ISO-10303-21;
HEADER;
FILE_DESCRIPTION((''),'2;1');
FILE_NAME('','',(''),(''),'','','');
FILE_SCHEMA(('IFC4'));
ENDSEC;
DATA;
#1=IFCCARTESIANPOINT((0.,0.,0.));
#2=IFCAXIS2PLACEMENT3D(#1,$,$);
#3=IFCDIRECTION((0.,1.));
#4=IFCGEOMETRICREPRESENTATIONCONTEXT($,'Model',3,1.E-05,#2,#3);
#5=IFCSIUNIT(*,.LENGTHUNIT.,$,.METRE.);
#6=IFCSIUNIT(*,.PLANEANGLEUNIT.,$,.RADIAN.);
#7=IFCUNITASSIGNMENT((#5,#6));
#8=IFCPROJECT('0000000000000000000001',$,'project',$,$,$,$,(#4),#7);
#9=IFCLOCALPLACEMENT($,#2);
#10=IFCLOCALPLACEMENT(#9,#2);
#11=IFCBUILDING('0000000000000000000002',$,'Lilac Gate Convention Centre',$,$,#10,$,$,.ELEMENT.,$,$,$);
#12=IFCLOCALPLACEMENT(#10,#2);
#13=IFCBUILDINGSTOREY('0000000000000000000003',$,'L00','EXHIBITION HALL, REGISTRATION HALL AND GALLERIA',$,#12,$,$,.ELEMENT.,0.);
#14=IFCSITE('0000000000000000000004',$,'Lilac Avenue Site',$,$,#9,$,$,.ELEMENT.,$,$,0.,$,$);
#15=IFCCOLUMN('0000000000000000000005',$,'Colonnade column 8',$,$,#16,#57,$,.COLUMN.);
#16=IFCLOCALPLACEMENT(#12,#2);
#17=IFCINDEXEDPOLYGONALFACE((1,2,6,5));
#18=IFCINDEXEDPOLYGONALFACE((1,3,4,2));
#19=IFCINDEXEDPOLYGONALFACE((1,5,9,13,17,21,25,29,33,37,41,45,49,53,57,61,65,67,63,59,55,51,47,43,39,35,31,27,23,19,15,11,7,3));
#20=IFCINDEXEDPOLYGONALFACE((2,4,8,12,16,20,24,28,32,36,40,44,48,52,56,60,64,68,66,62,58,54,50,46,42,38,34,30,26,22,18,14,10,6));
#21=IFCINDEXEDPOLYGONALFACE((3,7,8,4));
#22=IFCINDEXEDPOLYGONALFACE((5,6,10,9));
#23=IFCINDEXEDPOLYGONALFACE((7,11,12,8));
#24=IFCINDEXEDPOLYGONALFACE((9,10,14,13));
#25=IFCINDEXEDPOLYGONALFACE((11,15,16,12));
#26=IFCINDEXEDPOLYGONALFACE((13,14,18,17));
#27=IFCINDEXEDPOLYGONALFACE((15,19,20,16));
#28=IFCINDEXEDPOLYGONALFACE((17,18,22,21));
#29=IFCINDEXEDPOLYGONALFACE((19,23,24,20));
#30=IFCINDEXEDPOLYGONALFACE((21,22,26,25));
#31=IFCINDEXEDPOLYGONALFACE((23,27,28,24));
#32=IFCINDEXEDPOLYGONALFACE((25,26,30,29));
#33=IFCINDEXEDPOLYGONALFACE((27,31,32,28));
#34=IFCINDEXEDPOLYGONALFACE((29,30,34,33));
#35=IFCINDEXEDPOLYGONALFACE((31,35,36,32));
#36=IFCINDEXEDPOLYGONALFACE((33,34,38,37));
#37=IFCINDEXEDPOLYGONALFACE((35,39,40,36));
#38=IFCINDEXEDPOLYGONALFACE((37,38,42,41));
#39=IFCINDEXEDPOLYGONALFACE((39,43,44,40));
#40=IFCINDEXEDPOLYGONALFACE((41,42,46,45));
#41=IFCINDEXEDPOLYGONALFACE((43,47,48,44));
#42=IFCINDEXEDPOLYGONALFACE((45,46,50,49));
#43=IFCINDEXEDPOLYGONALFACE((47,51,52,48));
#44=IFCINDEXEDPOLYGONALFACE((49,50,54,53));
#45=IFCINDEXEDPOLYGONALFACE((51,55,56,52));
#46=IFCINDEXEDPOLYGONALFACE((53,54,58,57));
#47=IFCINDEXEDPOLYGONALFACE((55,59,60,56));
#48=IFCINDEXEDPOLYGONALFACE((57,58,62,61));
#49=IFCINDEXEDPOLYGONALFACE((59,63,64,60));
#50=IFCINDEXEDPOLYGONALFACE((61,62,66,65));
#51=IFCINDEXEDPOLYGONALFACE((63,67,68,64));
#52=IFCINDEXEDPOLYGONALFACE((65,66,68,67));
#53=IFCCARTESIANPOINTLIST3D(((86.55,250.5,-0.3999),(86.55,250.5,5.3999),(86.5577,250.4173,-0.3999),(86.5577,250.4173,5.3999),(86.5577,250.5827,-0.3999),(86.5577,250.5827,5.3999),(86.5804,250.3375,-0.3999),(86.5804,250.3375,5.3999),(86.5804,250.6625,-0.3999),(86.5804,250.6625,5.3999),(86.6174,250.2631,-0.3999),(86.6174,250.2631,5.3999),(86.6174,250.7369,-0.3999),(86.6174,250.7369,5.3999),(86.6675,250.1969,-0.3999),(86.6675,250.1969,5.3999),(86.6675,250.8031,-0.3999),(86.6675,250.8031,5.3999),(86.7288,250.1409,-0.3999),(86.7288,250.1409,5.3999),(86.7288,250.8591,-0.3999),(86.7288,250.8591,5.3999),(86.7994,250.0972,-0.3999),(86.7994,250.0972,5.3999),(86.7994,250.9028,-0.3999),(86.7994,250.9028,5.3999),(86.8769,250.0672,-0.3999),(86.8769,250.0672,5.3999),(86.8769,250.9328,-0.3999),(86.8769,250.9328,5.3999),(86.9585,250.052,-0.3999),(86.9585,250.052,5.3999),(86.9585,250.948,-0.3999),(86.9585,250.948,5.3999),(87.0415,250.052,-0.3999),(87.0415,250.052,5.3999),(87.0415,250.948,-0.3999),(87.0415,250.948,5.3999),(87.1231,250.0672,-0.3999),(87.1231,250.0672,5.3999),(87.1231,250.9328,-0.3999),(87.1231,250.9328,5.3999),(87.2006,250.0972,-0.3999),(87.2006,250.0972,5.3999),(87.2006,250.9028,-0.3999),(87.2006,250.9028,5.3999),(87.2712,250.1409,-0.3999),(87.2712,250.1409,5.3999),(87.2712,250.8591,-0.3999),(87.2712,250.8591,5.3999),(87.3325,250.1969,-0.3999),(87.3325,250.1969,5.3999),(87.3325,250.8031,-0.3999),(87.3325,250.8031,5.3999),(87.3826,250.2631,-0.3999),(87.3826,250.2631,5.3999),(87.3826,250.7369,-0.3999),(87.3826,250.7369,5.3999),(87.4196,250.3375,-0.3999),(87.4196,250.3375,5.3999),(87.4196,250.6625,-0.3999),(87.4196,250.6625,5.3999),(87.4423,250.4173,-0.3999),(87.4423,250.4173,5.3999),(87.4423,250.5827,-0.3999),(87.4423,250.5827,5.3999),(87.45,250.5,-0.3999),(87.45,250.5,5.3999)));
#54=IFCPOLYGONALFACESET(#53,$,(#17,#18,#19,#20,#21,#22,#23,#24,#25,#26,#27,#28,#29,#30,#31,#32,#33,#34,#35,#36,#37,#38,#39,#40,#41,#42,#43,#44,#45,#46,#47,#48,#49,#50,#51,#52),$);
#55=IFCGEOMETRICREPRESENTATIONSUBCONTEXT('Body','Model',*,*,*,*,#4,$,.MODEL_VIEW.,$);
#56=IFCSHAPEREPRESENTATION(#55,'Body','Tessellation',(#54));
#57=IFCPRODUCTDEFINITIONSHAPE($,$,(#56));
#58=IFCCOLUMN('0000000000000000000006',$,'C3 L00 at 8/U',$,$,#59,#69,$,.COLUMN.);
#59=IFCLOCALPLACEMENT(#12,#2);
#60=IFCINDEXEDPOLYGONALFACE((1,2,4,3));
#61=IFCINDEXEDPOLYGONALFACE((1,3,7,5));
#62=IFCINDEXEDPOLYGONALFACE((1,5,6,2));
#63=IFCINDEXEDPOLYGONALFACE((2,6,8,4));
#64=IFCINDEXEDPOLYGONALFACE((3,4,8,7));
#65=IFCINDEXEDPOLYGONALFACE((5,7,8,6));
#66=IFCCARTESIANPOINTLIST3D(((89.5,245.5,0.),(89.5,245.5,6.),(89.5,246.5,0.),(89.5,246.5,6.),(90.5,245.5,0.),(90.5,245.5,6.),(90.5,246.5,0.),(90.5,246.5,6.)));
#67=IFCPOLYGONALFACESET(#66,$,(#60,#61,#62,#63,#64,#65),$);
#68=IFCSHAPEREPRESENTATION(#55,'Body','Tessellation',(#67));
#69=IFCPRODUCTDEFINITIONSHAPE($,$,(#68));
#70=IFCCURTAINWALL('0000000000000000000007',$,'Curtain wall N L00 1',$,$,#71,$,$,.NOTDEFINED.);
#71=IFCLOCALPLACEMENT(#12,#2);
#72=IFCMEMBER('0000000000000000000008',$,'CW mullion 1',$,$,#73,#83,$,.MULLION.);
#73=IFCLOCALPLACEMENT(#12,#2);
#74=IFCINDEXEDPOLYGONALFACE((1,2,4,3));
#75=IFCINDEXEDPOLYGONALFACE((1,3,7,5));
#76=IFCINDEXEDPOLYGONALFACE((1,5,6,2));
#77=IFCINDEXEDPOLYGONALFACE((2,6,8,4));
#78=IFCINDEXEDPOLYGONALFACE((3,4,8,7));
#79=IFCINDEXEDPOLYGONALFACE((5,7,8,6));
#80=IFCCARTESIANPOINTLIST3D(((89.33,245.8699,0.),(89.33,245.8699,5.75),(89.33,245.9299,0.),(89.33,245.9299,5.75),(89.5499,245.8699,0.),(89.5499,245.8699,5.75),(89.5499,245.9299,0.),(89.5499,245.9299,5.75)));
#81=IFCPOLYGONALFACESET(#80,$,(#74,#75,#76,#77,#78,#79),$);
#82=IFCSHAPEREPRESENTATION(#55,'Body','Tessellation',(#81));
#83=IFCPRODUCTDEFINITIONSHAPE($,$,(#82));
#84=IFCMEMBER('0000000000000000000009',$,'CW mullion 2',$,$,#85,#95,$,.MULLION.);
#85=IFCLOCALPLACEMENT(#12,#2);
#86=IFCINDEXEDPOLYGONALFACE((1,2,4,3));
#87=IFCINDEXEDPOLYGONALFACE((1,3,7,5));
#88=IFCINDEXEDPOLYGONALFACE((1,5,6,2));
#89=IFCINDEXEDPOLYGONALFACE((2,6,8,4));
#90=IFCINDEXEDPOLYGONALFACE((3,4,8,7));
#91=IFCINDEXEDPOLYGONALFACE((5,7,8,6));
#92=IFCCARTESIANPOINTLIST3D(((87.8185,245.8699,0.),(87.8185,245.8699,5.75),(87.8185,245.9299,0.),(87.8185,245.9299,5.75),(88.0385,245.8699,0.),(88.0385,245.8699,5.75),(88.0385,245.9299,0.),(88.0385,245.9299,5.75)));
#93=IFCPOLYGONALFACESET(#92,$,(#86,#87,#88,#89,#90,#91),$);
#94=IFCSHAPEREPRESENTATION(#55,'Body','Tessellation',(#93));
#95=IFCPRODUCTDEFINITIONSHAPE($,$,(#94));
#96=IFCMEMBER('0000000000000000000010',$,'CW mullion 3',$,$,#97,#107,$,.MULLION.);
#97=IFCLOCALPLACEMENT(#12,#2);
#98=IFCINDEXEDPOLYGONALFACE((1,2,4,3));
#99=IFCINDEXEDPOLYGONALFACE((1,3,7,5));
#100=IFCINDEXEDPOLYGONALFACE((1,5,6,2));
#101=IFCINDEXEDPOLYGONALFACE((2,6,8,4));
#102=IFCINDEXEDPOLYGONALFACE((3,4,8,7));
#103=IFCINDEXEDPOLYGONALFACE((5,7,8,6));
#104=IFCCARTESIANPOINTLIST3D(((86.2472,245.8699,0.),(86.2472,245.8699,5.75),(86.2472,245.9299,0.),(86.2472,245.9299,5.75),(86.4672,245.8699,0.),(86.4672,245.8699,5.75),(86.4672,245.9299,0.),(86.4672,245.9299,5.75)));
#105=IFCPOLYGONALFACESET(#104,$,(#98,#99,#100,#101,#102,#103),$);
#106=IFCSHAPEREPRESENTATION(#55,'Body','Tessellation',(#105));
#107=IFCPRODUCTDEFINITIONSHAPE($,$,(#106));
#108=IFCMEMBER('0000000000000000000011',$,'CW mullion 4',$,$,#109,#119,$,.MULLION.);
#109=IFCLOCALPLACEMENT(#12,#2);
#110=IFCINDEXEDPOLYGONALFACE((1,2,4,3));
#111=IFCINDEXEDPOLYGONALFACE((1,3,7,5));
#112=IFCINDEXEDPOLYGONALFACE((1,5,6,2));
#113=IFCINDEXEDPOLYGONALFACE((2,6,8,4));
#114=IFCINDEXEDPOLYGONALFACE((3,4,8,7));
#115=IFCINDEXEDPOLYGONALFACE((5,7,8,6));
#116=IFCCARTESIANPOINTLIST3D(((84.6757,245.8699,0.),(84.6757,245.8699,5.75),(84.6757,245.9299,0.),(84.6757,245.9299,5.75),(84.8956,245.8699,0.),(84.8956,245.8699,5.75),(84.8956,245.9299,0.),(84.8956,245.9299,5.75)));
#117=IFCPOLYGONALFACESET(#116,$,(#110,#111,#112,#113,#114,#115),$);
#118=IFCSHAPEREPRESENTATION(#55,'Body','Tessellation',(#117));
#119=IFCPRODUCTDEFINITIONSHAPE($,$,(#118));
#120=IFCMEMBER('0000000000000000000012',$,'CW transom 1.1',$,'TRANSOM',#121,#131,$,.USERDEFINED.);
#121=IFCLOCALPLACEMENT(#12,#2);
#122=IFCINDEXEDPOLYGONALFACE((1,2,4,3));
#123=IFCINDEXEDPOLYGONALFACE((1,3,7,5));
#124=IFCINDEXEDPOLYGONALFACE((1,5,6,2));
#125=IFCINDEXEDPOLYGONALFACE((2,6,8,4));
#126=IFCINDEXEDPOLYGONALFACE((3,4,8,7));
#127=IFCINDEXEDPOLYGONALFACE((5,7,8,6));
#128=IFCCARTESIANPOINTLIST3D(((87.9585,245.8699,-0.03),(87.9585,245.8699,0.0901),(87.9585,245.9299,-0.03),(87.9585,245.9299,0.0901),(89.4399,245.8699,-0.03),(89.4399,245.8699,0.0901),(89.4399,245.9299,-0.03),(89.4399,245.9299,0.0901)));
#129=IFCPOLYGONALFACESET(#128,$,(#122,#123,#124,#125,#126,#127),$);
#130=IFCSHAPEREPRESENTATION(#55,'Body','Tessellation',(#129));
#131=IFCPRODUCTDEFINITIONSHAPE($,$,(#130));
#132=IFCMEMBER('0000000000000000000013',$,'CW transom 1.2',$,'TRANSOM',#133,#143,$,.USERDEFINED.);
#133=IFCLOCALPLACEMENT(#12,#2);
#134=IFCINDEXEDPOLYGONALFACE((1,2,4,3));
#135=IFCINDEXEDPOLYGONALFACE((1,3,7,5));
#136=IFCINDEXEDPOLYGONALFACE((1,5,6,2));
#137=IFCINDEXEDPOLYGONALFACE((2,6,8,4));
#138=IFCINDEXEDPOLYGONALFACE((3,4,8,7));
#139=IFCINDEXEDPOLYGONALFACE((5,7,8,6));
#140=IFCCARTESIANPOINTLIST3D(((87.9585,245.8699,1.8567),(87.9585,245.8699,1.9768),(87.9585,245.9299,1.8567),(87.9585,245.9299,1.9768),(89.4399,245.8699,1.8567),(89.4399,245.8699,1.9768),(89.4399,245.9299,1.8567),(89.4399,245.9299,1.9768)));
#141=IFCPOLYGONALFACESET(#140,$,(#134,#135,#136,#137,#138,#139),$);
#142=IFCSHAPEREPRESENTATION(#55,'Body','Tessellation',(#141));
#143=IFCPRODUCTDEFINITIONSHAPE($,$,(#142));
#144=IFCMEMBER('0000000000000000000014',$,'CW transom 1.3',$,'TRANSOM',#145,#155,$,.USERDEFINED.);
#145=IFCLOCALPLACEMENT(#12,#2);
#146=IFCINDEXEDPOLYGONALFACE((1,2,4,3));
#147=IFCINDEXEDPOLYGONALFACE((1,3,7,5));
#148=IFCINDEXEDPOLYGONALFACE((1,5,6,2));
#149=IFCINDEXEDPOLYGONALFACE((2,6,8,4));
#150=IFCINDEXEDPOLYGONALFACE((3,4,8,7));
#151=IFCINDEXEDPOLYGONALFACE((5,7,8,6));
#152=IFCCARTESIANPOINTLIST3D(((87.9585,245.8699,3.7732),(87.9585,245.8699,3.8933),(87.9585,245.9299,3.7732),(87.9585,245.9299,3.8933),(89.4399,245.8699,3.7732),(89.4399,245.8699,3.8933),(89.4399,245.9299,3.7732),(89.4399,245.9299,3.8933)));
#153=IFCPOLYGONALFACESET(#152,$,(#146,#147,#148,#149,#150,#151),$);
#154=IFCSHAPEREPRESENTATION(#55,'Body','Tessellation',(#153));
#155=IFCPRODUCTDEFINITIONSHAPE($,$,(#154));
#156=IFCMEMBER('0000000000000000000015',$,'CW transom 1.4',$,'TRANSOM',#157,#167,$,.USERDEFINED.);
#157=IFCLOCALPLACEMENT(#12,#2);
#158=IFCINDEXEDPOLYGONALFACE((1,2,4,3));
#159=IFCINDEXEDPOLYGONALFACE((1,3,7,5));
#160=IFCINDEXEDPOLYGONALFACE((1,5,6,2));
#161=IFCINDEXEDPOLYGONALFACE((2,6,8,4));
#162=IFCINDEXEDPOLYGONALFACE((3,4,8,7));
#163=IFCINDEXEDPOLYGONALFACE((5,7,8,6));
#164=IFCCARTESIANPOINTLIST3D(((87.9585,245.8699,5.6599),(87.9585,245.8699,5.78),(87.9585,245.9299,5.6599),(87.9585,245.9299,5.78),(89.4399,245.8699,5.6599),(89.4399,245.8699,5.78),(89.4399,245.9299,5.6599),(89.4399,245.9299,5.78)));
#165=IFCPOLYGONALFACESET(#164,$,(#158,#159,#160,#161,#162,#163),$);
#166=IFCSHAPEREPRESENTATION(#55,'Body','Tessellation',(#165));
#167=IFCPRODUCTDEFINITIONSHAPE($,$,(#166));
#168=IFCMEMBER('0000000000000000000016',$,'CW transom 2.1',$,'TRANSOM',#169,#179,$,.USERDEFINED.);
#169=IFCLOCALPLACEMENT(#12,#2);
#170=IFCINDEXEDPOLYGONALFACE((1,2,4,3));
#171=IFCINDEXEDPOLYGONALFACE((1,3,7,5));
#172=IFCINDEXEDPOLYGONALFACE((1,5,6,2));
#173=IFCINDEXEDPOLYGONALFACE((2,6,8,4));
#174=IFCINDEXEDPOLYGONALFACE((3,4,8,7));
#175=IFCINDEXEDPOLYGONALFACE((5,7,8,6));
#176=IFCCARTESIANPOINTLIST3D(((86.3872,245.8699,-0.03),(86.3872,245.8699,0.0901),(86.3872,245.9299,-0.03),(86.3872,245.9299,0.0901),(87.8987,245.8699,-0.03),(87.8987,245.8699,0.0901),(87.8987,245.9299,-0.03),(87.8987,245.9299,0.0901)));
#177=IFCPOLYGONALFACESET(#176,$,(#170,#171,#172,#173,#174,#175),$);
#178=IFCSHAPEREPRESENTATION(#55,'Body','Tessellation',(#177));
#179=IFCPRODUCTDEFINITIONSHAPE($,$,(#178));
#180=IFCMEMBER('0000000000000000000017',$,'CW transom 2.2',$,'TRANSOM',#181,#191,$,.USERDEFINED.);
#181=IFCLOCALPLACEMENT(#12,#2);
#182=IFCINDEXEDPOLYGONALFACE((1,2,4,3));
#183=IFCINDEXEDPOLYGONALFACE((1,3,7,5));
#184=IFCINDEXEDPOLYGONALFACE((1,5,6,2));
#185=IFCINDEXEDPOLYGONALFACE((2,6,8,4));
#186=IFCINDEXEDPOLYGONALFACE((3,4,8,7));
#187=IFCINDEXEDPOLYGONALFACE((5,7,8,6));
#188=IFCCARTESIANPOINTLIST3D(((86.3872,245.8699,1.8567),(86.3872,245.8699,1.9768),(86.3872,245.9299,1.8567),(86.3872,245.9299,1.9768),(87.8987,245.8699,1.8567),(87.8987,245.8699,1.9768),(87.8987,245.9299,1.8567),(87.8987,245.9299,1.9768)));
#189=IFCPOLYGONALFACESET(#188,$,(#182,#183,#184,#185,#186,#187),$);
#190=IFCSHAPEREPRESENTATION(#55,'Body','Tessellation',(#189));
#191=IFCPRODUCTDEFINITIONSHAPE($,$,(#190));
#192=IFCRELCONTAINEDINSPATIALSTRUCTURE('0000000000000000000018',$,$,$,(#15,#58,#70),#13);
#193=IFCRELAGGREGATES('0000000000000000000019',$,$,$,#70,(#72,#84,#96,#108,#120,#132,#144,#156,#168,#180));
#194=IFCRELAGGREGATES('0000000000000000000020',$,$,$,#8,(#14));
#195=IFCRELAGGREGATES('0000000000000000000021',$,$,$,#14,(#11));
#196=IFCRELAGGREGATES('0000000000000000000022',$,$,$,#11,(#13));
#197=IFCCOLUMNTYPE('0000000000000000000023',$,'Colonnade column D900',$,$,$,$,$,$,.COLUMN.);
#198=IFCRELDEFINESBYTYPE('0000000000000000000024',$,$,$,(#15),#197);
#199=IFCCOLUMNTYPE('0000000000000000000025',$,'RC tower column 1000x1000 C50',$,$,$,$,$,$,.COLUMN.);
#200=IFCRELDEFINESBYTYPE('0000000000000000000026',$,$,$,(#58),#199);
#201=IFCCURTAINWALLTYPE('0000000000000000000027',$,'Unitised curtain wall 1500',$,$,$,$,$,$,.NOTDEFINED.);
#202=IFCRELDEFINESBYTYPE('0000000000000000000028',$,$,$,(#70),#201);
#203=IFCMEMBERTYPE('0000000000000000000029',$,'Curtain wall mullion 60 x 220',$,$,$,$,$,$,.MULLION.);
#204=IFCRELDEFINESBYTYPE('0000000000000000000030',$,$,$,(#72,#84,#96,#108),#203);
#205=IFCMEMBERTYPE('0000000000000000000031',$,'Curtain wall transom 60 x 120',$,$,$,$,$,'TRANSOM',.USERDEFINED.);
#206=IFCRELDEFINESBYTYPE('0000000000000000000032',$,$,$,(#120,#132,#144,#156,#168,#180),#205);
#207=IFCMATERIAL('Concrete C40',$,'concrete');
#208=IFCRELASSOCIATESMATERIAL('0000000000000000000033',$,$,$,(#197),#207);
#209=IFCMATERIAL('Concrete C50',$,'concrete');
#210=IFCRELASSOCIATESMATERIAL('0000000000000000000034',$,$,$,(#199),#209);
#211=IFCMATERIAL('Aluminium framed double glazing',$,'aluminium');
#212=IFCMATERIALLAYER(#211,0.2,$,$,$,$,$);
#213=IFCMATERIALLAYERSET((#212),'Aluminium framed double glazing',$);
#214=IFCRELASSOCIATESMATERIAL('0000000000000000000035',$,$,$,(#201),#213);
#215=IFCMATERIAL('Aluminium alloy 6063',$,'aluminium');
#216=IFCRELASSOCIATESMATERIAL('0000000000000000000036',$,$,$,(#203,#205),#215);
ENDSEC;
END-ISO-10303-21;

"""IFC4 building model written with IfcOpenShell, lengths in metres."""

from ifc_helpers import new_model, si_unit, direction, frame, origin, origin_2d, place, context, subcontext, project, spatial, rectangle, circle, extrude, material, layer, layer_set, material_profile, profile_set, type_object, element, aggregate, save


model = new_model("IFC4")

# Units and contexts
model_context = context("Model", 3, precision=1e-05, world=origin(), true_north=direction((0.0, 1.0)))
body_context = subcontext(model_context, "Body", "Model", "MODEL_VIEW")
ifc_project = project(units=[si_unit("LENGTHUNIT", "METRE"), si_unit("PLANEANGLEUNIT", "RADIAN")], contexts=[model_context])

# Site, building, storey
site_placement = place(None, origin())
site = spatial("IfcSite", under=ifc_project, at=site_placement, Name="Lilac Avenue Site", CompositionType="ELEMENT", RefElevation=0.0)
building_placement = place(site_placement, origin())
building = spatial("IfcBuilding", under=site, at=building_placement, Name="Lilac Gate Convention Centre", CompositionType="ELEMENT")
storey_placement = place(building_placement, origin())
storey = spatial("IfcBuildingStorey", under=building, at=storey_placement, Name="L00", Description="EXHIBITION HALL, REGISTRATION HALL AND GALLERIA", CompositionType="ELEMENT", Elevation=0.0)

# Columns
ifc_material_1 = material(Name="Concrete C40", Category="concrete")
ifc_material_profile_1 = material_profile(ifc_material_1, circle(Radius=0.45, at=origin_2d()), Name="Colonnade column D900")
ifc_profile_set_1 = profile_set([ifc_material_profile_1], Name="Concrete C40")
column_type_1 = type_object("IfcColumnType", Name="Colonnade column D900", PredefinedType="COLUMN", material=ifc_profile_set_1)
column_1_placement = place(storey_placement, frame((87.0, 250.5, -0.3999), z_axis=(0.0, 0.0, 1.0), x_axis=(1.0, 0.0, 0.0)))
element("IfcColumn", 1, at=column_1_placement, inside=storey, type_object=column_type_1, Name="Colonnade column 8", PredefinedType="COLUMN", context=body_context, shape_type="SweptSolid", body=[
    extrude(circle(Radius=0.45, at=origin_2d()), origin(), (0.0, 0.0, 1.0), 5.7998),
])
ifc_material_2 = material(Name="Concrete C50", Category="concrete")
ifc_material_profile_2 = material_profile(ifc_material_2, rectangle(XDim=1.0, YDim=1.0, at=origin_2d()), Name="RC 1000x1000")
ifc_profile_set_2 = profile_set([ifc_material_profile_2], Name="Concrete C50")
column_type_2 = type_object("IfcColumnType", Name="RC tower column 1000x1000 C50", PredefinedType="COLUMN", material=ifc_profile_set_2)
column_2_placement = place(storey_placement, frame((90.0, 246.0, 0.0), z_axis=(0.0, 0.0, 1.0), x_axis=(1.0, 0.0, 0.0)))
element("IfcColumn", 2, at=column_2_placement, inside=storey, type_object=column_type_2, Name="C3 L00 at 8/U", PredefinedType="COLUMN", context=body_context, shape_type="SweptSolid", body=[
    extrude(rectangle(XDim=1.0, YDim=1.0, at=origin_2d()), origin(), (0.0, 0.0, 1.0), 6.0),
])

# Curtain wall, members
ifc_material_3 = material(Name="Aluminium framed double glazing", Category="aluminium")
ifc_layer_1 = layer(ifc_material_3, 0.2)
ifc_layer_set_1 = layer_set([ifc_layer_1], Name="Aluminium framed double glazing")
curtain_wall_type = type_object("IfcCurtainWallType", Name="Unitised curtain wall 1500", PredefinedType="NOTDEFINED", material=ifc_layer_set_1)
curtain_wall_placement = place(storey_placement, origin())
curtain_wall = element("IfcCurtainWall", 3, at=curtain_wall_placement, inside=storey, type_object=curtain_wall_type, Name="Curtain wall N L00 1", PredefinedType="NOTDEFINED")
ifc_material_4 = material(Name="Aluminium alloy 6063", Category="aluminium")
ifc_material_profile_3 = material_profile(ifc_material_4, rectangle(XDim=0.0601, YDim=0.22, at=origin_2d()), Name="Curtain wall mullion 60 x 220")
ifc_profile_set_3 = profile_set([ifc_material_profile_3], Name="Aluminium alloy 6063")
member_type_1 = type_object("IfcMemberType", Name="Curtain wall mullion 60 x 220", PredefinedType="MULLION", material=ifc_profile_set_3)
member_1_placement = place(storey_placement, frame((89.4399, 245.8999, 0.0), z_axis=(0.0, 0.0, 1.0), x_axis=(0.0, -1.0, 0.0)))
member_1 = element("IfcMember", 4, at=member_1_placement, type_object=member_type_1, Name="CW mullion 1", PredefinedType="MULLION", context=body_context, shape_type="SweptSolid", body=[
    extrude(rectangle(XDim=0.0601, YDim=0.22, at=origin_2d()), origin(), (0.0, 0.0, 1.0), 5.75),
])
member_2_placement = place(storey_placement, frame((87.9285, 245.8999, 0.0), z_axis=(0.0, 0.0, 1.0), x_axis=(0.0, -1.0, 0.0)))
member_2 = element("IfcMember", 5, at=member_2_placement, type_object=member_type_1, Name="CW mullion 2", PredefinedType="MULLION", context=body_context, shape_type="SweptSolid", body=[
    extrude(rectangle(XDim=0.0601, YDim=0.22, at=origin_2d()), origin(), (0.0, 0.0, 1.0), 5.75),
])
member_3_placement = place(storey_placement, frame((86.3572, 245.8999, 0.0), z_axis=(0.0, 0.0, 1.0), x_axis=(0.0, -1.0, 0.0)))
member_3 = element("IfcMember", 6, at=member_3_placement, type_object=member_type_1, Name="CW mullion 3", PredefinedType="MULLION", context=body_context, shape_type="SweptSolid", body=[
    extrude(rectangle(XDim=0.0601, YDim=0.22, at=origin_2d()), origin(), (0.0, 0.0, 1.0), 5.75),
])
member_4_placement = place(storey_placement, frame((84.7856, 245.8999, 0.0), z_axis=(0.0, 0.0, 1.0), x_axis=(0.0, -1.0, 0.0)))
member_4 = element("IfcMember", 7, at=member_4_placement, type_object=member_type_1, Name="CW mullion 4", PredefinedType="MULLION", context=body_context, shape_type="SweptSolid", body=[
    extrude(rectangle(XDim=0.0601, YDim=0.22, at=origin_2d()), origin(), (0.0, 0.0, 1.0), 5.75),
])
ifc_material_profile_4 = material_profile(ifc_material_4, rectangle(XDim=0.0601, YDim=0.1201, at=origin_2d()), Name="Curtain wall transom 60 x 120")
ifc_profile_set_4 = profile_set([ifc_material_profile_4], Name="Aluminium alloy 6063")
member_type_2 = type_object("IfcMemberType", Name="Curtain wall transom 60 x 120", ElementType="TRANSOM", PredefinedType="USERDEFINED", material=ifc_profile_set_4)
member_5_placement = place(storey_placement, frame((89.4399, 245.8999, 0.03), z_axis=(-1.0, 0.0, 0.0), x_axis=(0.0, -1.0, 0.0)))
member_5 = element("IfcMember", 8, at=member_5_placement, type_object=member_type_2, Name="CW transom 1.1", ObjectType="TRANSOM", PredefinedType="USERDEFINED", context=body_context, shape_type="SweptSolid", body=[
    extrude(rectangle(XDim=0.0601, YDim=0.1201, at=origin_2d()), origin(), (0.0, 0.0, 1.0), 1.4814),
])
member_6_placement = place(storey_placement, frame((89.4399, 245.8999, 1.9167), z_axis=(-1.0, 0.0, 0.0), x_axis=(0.0, -1.0, 0.0)))
member_6 = element("IfcMember", 9, at=member_6_placement, type_object=member_type_2, Name="CW transom 1.2", ObjectType="TRANSOM", PredefinedType="USERDEFINED", context=body_context, shape_type="SweptSolid", body=[
    extrude(rectangle(XDim=0.0601, YDim=0.1201, at=origin_2d()), origin(), (0.0, 0.0, 1.0), 1.4814),
])
member_7_placement = place(storey_placement, frame((89.4399, 245.8999, 3.8333), z_axis=(-1.0, 0.0, 0.0), x_axis=(0.0, -1.0, 0.0)))
member_7 = element("IfcMember", 10, at=member_7_placement, type_object=member_type_2, Name="CW transom 1.3", ObjectType="TRANSOM", PredefinedType="USERDEFINED", context=body_context, shape_type="SweptSolid", body=[
    extrude(rectangle(XDim=0.0601, YDim=0.1201, at=origin_2d()), origin(), (0.0, 0.0, 1.0), 1.4814),
])
member_8_placement = place(storey_placement, frame((89.4399, 245.8999, 5.72), z_axis=(-1.0, 0.0, 0.0), x_axis=(0.0, -1.0, 0.0)))
member_8 = element("IfcMember", 11, at=member_8_placement, type_object=member_type_2, Name="CW transom 1.4", ObjectType="TRANSOM", PredefinedType="USERDEFINED", context=body_context, shape_type="SweptSolid", body=[
    extrude(rectangle(XDim=0.0601, YDim=0.1201, at=origin_2d()), origin(), (0.0, 0.0, 1.0), 1.4814),
])
member_9_placement = place(storey_placement, frame((87.8987, 245.8999, 0.03), z_axis=(-1.0, 0.0, 0.0), x_axis=(0.0, -1.0, 0.0)))
member_9 = element("IfcMember", 12, at=member_9_placement, type_object=member_type_2, Name="CW transom 2.1", ObjectType="TRANSOM", PredefinedType="USERDEFINED", context=body_context, shape_type="SweptSolid", body=[
    extrude(rectangle(XDim=0.0601, YDim=0.1201, at=origin_2d()), origin(), (0.0, 0.0, 1.0), 1.5115),
])
member_10_placement = place(storey_placement, frame((87.8987, 245.8999, 1.9167), z_axis=(-1.0, 0.0, 0.0), x_axis=(0.0, -1.0, 0.0)))
member_10 = element("IfcMember", 13, at=member_10_placement, type_object=member_type_2, Name="CW transom 2.2", ObjectType="TRANSOM", PredefinedType="USERDEFINED", context=body_context, shape_type="SweptSolid", body=[
    extrude(rectangle(XDim=0.0601, YDim=0.1201, at=origin_2d()), origin(), (0.0, 0.0, 1.0), 1.5115),
])
aggregate(curtain_wall, [member_1, member_2, member_3, member_4, member_5, member_6, member_7, member_8, member_9, member_10])

save(model, "model.ifc")
